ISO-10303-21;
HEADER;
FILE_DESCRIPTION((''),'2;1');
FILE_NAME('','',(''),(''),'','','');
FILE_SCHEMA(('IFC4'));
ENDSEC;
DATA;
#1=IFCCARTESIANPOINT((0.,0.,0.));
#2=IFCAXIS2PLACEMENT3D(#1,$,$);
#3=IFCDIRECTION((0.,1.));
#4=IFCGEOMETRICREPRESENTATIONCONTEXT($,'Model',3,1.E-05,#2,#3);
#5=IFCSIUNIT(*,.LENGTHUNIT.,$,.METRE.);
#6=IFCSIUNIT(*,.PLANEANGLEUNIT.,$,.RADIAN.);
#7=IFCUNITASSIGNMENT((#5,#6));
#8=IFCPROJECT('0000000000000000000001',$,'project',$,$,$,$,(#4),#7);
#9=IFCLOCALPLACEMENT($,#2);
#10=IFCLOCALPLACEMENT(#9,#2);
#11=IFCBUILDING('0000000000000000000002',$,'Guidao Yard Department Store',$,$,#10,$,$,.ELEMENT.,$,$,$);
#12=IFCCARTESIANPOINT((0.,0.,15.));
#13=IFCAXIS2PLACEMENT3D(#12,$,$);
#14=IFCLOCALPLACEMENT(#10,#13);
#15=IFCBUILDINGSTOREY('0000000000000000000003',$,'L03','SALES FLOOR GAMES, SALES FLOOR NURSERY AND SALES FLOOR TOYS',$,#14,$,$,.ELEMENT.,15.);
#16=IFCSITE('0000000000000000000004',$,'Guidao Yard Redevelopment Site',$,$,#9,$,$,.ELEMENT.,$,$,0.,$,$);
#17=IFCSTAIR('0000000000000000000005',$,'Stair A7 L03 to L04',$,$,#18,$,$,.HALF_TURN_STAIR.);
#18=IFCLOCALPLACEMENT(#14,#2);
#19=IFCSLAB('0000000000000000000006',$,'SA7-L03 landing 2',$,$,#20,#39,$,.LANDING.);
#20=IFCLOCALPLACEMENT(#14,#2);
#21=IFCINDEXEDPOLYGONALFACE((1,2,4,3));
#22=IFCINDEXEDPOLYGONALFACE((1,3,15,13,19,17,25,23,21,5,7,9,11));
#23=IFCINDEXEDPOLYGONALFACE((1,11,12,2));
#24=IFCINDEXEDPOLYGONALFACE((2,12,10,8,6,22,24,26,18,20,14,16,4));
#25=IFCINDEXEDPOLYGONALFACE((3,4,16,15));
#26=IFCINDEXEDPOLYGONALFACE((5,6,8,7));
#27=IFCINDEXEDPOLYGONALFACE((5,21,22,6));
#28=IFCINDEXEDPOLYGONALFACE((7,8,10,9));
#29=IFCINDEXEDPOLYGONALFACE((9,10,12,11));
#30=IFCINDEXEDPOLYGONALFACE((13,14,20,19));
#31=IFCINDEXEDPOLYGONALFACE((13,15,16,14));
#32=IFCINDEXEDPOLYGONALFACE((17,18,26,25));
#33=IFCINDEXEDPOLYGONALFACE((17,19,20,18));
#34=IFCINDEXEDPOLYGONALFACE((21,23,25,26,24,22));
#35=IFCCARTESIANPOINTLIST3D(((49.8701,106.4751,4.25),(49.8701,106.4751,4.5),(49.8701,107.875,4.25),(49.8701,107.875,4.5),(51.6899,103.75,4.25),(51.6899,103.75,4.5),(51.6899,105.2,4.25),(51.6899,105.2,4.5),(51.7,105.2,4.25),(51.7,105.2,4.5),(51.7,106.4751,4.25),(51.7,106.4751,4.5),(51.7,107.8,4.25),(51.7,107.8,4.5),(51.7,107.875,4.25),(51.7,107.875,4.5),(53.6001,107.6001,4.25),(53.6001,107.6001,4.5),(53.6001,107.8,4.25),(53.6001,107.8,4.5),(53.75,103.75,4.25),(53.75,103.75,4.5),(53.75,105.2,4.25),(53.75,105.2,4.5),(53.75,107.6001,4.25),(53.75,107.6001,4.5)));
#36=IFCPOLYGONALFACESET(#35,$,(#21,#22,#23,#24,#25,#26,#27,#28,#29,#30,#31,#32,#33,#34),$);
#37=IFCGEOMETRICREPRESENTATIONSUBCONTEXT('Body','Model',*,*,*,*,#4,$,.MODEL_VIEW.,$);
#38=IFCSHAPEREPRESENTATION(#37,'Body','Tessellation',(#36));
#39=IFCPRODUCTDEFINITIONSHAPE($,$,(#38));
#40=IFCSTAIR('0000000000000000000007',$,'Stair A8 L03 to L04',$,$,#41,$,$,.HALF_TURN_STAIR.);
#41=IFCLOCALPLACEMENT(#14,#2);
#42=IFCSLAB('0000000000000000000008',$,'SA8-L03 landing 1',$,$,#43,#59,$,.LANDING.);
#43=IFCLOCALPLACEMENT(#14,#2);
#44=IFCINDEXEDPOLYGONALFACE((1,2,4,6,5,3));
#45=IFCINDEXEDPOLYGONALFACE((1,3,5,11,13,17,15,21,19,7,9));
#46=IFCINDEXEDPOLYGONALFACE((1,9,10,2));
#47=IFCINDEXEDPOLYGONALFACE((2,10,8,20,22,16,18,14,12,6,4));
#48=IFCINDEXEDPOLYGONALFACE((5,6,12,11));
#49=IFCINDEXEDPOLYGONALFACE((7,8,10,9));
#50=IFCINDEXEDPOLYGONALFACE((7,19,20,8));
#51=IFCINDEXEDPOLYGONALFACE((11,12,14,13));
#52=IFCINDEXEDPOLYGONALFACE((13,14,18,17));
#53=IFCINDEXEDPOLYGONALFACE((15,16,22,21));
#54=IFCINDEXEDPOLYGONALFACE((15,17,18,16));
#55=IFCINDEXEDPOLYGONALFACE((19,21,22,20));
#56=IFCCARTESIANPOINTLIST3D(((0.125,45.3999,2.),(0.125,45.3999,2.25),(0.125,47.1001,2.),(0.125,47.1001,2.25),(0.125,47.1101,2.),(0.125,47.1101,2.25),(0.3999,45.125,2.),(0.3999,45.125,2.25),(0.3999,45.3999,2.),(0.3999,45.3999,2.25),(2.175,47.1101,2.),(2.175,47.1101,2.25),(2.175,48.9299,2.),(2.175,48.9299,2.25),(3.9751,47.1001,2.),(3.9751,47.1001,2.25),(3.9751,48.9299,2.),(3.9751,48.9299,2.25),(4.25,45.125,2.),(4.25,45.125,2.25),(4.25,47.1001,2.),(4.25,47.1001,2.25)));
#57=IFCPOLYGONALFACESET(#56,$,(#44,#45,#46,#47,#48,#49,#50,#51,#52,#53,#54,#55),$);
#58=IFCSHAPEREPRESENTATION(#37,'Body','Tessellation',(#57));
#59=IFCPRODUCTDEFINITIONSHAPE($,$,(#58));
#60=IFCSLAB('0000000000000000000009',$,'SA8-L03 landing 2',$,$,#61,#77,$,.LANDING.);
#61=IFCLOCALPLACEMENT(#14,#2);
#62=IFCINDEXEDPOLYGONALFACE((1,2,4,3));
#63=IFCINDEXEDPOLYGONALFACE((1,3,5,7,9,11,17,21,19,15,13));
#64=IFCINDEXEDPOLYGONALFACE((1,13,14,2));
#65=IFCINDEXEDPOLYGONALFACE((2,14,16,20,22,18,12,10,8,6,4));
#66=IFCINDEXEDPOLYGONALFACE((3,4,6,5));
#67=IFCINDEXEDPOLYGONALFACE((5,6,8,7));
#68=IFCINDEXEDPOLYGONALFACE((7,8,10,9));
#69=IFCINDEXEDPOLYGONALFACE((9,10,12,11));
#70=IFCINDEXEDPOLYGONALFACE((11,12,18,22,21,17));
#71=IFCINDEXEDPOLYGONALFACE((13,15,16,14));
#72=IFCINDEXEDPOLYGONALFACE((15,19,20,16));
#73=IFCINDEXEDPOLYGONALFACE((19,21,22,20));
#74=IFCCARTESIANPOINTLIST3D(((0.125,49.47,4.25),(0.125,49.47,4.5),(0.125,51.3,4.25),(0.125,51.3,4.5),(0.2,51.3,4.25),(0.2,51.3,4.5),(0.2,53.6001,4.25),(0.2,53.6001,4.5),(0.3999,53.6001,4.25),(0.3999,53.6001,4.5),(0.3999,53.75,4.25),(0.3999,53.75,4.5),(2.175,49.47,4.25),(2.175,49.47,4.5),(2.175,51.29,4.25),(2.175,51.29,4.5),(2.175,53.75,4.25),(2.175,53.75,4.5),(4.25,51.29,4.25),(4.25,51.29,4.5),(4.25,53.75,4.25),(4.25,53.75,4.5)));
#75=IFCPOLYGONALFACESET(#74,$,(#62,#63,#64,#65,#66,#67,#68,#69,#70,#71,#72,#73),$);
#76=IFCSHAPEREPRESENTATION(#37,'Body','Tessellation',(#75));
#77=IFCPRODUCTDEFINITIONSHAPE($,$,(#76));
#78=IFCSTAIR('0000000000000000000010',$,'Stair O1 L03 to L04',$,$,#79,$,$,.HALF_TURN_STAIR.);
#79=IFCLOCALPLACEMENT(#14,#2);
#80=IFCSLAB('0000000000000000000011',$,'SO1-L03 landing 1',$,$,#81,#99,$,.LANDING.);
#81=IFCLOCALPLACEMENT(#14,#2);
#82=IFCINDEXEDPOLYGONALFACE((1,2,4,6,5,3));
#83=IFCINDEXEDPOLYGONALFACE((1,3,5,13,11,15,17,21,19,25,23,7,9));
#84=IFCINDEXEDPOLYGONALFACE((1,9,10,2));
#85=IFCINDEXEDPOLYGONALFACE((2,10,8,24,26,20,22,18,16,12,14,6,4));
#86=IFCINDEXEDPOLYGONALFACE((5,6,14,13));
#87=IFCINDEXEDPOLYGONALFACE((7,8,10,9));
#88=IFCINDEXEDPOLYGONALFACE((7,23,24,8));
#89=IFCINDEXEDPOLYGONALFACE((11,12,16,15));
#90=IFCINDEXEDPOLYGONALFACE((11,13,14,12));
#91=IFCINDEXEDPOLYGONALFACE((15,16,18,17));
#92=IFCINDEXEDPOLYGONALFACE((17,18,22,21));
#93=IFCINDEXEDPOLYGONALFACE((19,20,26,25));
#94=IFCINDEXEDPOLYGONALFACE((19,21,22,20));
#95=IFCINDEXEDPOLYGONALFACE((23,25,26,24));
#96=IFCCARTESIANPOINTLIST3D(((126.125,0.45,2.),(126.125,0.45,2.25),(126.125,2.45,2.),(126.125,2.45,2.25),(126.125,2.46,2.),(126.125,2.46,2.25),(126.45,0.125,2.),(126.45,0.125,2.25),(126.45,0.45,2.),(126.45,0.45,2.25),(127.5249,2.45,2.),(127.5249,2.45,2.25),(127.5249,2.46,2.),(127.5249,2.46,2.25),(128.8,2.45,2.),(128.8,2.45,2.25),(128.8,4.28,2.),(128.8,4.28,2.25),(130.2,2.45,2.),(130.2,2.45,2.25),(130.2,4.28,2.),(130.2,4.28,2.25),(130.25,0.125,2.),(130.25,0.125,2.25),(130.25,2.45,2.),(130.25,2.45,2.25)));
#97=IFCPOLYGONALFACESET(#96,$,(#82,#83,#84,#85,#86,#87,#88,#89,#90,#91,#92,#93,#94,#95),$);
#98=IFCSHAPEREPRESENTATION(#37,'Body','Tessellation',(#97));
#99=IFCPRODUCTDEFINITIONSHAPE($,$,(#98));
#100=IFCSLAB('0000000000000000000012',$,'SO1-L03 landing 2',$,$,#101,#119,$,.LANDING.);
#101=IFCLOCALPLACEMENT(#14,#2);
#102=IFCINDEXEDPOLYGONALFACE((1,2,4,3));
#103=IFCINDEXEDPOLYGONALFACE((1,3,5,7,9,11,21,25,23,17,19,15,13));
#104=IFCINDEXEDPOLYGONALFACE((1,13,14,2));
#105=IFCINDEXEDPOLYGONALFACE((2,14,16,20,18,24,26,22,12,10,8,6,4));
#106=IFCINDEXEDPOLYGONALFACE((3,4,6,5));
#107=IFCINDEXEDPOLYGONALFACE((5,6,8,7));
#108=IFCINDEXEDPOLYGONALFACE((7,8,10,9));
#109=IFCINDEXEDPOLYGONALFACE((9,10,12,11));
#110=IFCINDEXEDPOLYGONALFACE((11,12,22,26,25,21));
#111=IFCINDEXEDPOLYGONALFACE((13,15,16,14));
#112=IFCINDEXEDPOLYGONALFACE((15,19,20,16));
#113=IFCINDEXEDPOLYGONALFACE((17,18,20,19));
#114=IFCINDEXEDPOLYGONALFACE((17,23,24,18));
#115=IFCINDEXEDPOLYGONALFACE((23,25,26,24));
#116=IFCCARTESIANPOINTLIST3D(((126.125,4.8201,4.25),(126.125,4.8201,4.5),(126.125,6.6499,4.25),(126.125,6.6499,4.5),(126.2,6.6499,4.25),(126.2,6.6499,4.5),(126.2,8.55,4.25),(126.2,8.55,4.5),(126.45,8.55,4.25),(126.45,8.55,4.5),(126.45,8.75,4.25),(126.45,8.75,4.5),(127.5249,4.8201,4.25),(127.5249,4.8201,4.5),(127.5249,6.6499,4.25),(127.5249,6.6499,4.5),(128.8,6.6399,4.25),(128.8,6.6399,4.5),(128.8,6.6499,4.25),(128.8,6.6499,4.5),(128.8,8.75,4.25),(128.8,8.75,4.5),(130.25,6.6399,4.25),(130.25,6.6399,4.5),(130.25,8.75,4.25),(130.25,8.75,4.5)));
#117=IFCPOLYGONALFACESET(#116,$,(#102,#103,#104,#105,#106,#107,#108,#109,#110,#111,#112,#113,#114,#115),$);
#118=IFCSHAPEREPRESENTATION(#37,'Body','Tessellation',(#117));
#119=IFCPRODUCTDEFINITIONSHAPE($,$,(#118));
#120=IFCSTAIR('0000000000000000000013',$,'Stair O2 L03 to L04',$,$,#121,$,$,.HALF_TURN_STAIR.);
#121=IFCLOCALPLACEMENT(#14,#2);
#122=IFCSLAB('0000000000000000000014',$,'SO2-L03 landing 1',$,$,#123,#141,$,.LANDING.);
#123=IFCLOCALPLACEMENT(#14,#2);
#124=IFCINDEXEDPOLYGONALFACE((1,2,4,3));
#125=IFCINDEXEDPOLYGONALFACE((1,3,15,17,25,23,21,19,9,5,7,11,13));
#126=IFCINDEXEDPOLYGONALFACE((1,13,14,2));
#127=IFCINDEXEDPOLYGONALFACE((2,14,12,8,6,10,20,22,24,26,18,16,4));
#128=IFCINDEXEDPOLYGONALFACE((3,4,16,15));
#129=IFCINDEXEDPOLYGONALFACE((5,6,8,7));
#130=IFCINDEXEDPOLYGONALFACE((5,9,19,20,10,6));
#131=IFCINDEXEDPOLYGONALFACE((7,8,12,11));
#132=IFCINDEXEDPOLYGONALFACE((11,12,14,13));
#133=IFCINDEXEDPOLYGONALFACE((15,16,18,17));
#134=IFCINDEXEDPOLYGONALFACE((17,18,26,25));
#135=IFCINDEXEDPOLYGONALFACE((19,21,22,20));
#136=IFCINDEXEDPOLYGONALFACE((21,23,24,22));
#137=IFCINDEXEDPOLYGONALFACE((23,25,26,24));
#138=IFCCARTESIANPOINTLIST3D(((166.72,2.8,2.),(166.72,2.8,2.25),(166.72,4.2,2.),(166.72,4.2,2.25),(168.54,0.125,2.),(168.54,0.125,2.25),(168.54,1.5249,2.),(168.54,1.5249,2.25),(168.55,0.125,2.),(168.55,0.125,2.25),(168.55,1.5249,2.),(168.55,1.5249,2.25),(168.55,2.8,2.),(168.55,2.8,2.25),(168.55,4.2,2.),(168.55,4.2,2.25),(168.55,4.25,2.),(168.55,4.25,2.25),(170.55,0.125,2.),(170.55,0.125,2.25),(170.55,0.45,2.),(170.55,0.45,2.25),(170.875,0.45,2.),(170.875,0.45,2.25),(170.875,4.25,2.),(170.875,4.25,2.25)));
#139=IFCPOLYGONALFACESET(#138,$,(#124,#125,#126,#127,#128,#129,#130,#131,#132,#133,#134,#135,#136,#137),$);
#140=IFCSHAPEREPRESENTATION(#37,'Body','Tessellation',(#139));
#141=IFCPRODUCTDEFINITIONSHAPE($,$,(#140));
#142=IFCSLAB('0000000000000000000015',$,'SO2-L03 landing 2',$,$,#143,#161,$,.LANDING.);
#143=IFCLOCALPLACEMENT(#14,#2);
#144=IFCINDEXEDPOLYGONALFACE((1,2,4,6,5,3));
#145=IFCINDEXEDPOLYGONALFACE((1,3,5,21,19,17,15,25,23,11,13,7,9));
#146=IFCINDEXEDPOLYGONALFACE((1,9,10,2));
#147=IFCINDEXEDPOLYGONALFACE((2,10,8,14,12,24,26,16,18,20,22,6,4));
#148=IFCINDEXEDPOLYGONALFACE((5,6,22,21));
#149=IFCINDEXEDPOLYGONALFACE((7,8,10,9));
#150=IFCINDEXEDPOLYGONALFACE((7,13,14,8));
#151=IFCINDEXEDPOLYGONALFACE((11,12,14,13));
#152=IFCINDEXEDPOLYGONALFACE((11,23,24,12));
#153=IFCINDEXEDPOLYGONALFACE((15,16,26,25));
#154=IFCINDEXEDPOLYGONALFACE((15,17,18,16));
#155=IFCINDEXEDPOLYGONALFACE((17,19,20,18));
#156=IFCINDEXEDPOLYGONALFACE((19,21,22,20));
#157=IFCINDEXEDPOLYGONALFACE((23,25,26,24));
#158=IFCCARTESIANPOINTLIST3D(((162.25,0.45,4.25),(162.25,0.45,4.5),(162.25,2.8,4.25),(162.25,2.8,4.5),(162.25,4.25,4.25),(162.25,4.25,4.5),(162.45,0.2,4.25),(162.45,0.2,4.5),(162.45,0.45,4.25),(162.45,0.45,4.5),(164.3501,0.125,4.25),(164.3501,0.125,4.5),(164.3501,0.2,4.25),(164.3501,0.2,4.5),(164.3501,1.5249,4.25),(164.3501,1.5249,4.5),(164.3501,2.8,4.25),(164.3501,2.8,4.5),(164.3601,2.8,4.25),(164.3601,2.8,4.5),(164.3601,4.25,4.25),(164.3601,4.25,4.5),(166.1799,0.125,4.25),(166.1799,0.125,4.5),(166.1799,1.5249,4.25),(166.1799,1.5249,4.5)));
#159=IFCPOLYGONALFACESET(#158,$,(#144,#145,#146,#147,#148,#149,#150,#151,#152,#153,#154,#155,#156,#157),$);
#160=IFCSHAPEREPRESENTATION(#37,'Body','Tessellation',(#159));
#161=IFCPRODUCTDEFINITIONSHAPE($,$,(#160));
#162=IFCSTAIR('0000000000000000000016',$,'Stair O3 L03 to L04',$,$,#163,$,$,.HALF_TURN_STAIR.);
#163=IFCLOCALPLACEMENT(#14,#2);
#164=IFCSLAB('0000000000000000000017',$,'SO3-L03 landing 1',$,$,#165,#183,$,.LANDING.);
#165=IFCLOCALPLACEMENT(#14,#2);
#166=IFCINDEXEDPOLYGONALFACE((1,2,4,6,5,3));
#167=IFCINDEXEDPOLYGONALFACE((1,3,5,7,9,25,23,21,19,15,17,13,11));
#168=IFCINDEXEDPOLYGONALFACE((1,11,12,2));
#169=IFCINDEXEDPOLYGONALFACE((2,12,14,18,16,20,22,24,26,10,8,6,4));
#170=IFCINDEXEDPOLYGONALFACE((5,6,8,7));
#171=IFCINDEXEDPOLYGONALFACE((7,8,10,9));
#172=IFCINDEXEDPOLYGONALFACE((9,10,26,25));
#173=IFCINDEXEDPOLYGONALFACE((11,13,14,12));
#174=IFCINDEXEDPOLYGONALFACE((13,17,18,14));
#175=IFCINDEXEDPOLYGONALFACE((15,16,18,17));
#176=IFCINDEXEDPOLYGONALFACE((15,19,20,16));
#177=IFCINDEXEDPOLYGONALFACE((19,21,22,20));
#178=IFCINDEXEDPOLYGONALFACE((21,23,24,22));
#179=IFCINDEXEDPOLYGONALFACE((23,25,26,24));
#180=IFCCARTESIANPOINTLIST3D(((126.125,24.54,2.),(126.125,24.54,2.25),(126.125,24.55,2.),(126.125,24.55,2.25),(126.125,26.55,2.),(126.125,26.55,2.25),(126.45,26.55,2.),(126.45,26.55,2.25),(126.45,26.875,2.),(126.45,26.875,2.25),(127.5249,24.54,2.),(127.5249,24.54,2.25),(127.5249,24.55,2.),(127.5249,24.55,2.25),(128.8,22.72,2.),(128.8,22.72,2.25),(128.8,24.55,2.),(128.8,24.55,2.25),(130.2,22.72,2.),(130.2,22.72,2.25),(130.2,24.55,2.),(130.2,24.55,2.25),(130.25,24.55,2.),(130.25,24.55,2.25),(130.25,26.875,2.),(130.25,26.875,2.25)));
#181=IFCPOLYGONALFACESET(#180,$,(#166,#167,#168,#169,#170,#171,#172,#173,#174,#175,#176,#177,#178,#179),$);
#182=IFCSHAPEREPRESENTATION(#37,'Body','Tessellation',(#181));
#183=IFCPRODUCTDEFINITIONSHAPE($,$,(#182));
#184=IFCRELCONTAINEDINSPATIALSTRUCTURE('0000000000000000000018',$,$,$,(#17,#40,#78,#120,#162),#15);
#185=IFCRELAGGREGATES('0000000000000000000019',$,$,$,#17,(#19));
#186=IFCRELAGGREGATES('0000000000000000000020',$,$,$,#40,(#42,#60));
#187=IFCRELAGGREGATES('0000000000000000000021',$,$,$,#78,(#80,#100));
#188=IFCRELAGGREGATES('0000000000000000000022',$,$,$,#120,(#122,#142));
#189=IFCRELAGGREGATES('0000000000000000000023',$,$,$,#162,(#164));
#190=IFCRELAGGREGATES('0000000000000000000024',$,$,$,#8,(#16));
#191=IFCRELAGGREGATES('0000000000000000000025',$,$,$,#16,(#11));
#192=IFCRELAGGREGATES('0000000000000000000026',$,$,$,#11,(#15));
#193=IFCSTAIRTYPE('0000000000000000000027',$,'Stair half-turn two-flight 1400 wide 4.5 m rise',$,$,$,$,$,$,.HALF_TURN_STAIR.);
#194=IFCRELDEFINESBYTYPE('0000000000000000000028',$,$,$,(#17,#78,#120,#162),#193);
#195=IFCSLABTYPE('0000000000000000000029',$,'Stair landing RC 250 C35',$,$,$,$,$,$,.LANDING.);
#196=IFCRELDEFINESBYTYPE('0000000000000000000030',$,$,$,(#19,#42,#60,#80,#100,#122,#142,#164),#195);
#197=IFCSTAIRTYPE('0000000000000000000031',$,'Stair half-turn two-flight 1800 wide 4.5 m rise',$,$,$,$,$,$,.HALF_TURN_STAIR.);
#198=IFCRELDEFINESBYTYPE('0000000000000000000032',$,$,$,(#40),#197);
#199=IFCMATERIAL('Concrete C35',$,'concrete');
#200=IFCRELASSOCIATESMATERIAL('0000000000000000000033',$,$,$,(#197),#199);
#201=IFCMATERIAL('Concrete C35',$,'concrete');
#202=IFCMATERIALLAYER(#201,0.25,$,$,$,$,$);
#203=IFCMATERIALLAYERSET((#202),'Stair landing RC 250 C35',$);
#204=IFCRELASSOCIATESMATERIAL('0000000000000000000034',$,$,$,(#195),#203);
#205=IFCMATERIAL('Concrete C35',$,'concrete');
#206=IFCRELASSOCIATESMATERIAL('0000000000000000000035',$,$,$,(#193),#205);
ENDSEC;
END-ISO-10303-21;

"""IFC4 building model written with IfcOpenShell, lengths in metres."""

from ifc_helpers import new_model, si_unit, direction, frame, origin, place, context, subcontext, project, spatial, polyline, outline, extrude, material, layer, layer_set, type_object, element, aggregate, save


model = new_model("IFC4")

# Units and contexts
model_context = context("Model", 3, precision=1e-05, world=origin(), true_north=direction((0.0, 1.0)))
body_context = subcontext(model_context, "Body", "Model", "MODEL_VIEW")
ifc_project = project(units=[si_unit("LENGTHUNIT", "METRE"), si_unit("PLANEANGLEUNIT", "RADIAN")], contexts=[model_context])

# Site, building, storey
site_placement = place(None, origin())
site = spatial("IfcSite", under=ifc_project, at=site_placement, Name="Guidao Yard Redevelopment Site", CompositionType="ELEMENT", RefElevation=0.0)
building_placement = place(site_placement, origin())
building = spatial("IfcBuilding", under=site, at=building_placement, Name="Guidao Yard Department Store", CompositionType="ELEMENT")
storey_placement = place(building_placement, frame((0.0, 0.0, 15.0)))
storey = spatial("IfcBuildingStorey", under=building, at=storey_placement, Name="L03", Description="SALES FLOOR GAMES, SALES FLOOR NURSERY AND SALES FLOOR TOYS", CompositionType="ELEMENT", Elevation=15.0)

# Stairs, slabs
ifc_material_1 = material(Name="Concrete C35", Category="concrete")
stair_type_1 = type_object("IfcStairType", Name="Stair half-turn two-flight 1800 wide 4.5 m rise", PredefinedType="HALF_TURN_STAIR", material=ifc_material_1)
ifc_material_2 = material(Name="Concrete C35", Category="concrete")
ifc_layer_1 = layer(ifc_material_2, 0.25)
ifc_layer_set_1 = layer_set([ifc_layer_1], Name="Stair landing RC 250 C35")
slab_type_1 = type_object("IfcSlabType", Name="Stair landing RC 250 C35", PredefinedType="LANDING", material=ifc_layer_set_1)
ifc_material_3 = material(Name="Concrete C35", Category="concrete")
stair_type_2 = type_object("IfcStairType", Name="Stair half-turn two-flight 1400 wide 4.5 m rise", PredefinedType="HALF_TURN_STAIR", material=ifc_material_3)
stair_1_placement = place(storey_placement, origin())
stair_1 = element("IfcStair", 1, at=stair_1_placement, inside=storey, type_object=stair_type_2, Name="Stair A7 L03 to L04", PredefinedType="HALF_TURN_STAIR")
slab_1_placement = place(storey_placement, frame((0.0, 0.0, 4.25)))
slab_1 = element("IfcSlab", 2, at=slab_1_placement, type_object=slab_type_1, Name="SA7-L03 landing 2", PredefinedType="LANDING", context=body_context, shape_type="SweptSolid", body=[
    extrude(outline(polyline([(51.6899, 105.2), (51.7, 105.2), (51.7, 106.4751), (49.8701, 106.4751), (49.8701, 107.875), (51.7, 107.875), (51.7, 107.8), (53.6001, 107.8), (53.6001, 107.6001), (53.75, 107.6001), (53.75, 105.2), (53.75, 103.75), (51.6899, 103.75), (51.6899, 105.2)])), origin(), (0.0, 0.0, 1.0), 0.25),
])
aggregate(stair_1, [slab_1])
stair_2_placement = place(storey_placement, origin())
stair_2 = element("IfcStair", 3, at=stair_2_placement, inside=storey, type_object=stair_type_1, Name="Stair A8 L03 to L04", PredefinedType="HALF_TURN_STAIR")
slab_2_placement = place(storey_placement, frame((0.0, 0.0, 2.0)))
slab_2 = element("IfcSlab", 4, at=slab_2_placement, type_object=slab_type_1, Name="SA8-L03 landing 1", PredefinedType="LANDING", context=body_context, shape_type="SweptSolid", body=[
    extrude(outline(polyline([(0.3999, 45.125), (0.3999, 45.3999), (0.125, 45.3999), (0.125, 47.1001), (0.125, 47.1101), (2.175, 47.1101), (2.175, 48.9299), (3.9751, 48.9299), (3.9751, 47.1001), (4.25, 47.1001), (4.25, 45.125), (0.3999, 45.125)])), origin(), (0.0, 0.0, 1.0), 0.25),
])
slab_3_placement = place(storey_placement, frame((0.0, 0.0, 4.25)))
slab_3 = element("IfcSlab", 5, at=slab_3_placement, type_object=slab_type_1, Name="SA8-L03 landing 2", PredefinedType="LANDING", context=body_context, shape_type="SweptSolid", body=[
    extrude(outline(polyline([(0.125, 51.3), (0.2, 51.3), (0.2, 53.6001), (0.3999, 53.6001), (0.3999, 53.75), (2.175, 53.75), (4.25, 53.75), (4.25, 51.29), (2.175, 51.29), (2.175, 49.47), (0.125, 49.47), (0.125, 51.3)])), origin(), (0.0, 0.0, 1.0), 0.25),
])
aggregate(stair_2, [slab_2, slab_3])
stair_3_placement = place(storey_placement, origin())
stair_3 = element("IfcStair", 6, at=stair_3_placement, inside=storey, type_object=stair_type_2, Name="Stair O1 L03 to L04", PredefinedType="HALF_TURN_STAIR")
slab_4_placement = place(storey_placement, frame((0.0, 0.0, 2.0)))
slab_4 = element("IfcSlab", 7, at=slab_4_placement, type_object=slab_type_1, Name="SO1-L03 landing 1", PredefinedType="LANDING", context=body_context, shape_type="SweptSolid", body=[
    extrude(outline(polyline([(126.45, 0.125), (126.45, 0.45), (126.125, 0.45), (126.125, 2.45), (126.125, 2.46), (127.5249, 2.46), (127.5249, 2.45), (128.8, 2.45), (128.8, 4.28), (130.2, 4.28), (130.2, 2.45), (130.25, 2.45), (130.25, 0.125), (126.45, 0.125)])), origin(), (0.0, 0.0, 1.0), 0.25),
])
slab_5_placement = place(storey_placement, frame((0.0, 0.0, 4.25)))
slab_5 = element("IfcSlab", 8, at=slab_5_placement, type_object=slab_type_1, Name="SO1-L03 landing 2", PredefinedType="LANDING", context=body_context, shape_type="SweptSolid", body=[
    extrude(outline(polyline([(126.125, 6.6499), (126.2, 6.6499), (126.2, 8.55), (126.45, 8.55), (126.45, 8.75), (128.8, 8.75), (130.25, 8.75), (130.25, 6.6399), (128.8, 6.6399), (128.8, 6.6499), (127.5249, 6.6499), (127.5249, 4.8201), (126.125, 4.8201), (126.125, 6.6499)])), origin(), (0.0, 0.0, 1.0), 0.25),
])
aggregate(stair_3, [slab_4, slab_5])
stair_4_placement = place(storey_placement, origin())
stair_4 = element("IfcStair", 9, at=stair_4_placement, inside=storey, type_object=stair_type_2, Name="Stair O2 L03 to L04", PredefinedType="HALF_TURN_STAIR")
slab_6_placement = place(storey_placement, frame((0.0, 0.0, 2.0)))
slab_6 = element("IfcSlab", 10, at=slab_6_placement, type_object=slab_type_1, Name="SO2-L03 landing 1", PredefinedType="LANDING", context=body_context, shape_type="SweptSolid", body=[
    extrude(outline(polyline([(168.55, 1.5249), (168.55, 2.8), (166.72, 2.8), (166.72, 4.2), (168.55, 4.2), (168.55, 4.25), (170.875, 4.25), (170.875, 0.45), (170.55, 0.45), (170.55, 0.125), (168.55, 0.125), (168.54, 0.125), (168.54, 1.5249), (168.55, 1.5249)])), origin(), (0.0, 0.0, 1.0), 0.25),
])
slab_7_placement = place(storey_placement, frame((0.0, 0.0, 4.25)))
slab_7 = element("IfcSlab", 11, at=slab_7_placement, type_object=slab_type_1, Name="SO2-L03 landing 2", PredefinedType="LANDING", context=body_context, shape_type="SweptSolid", body=[
    extrude(outline(polyline([(164.3501, 0.125), (164.3501, 0.2), (162.45, 0.2), (162.45, 0.45), (162.25, 0.45), (162.25, 2.8), (162.25, 4.25), (164.3601, 4.25), (164.3601, 2.8), (164.3501, 2.8), (164.3501, 1.5249), (166.1799, 1.5249), (166.1799, 0.125), (164.3501, 0.125)])), origin(), (0.0, 0.0, 1.0), 0.25),
])
aggregate(stair_4, [slab_6, slab_7])
stair_5_placement = place(storey_placement, origin())
stair_5 = element("IfcStair", 12, at=stair_5_placement, inside=storey, type_object=stair_type_2, Name="Stair O3 L03 to L04", PredefinedType="HALF_TURN_STAIR")
slab_8_placement = place(storey_placement, frame((0.0, 0.0, 2.0)))
slab_8 = element("IfcSlab", 13, at=slab_8_placement, type_object=slab_type_1, Name="SO3-L03 landing 1", PredefinedType="LANDING", context=body_context, shape_type="SweptSolid", body=[
    extrude(outline(polyline([(128.8, 24.55), (127.5249, 24.55), (127.5249, 24.54), (126.125, 24.54), (126.125, 24.55), (126.125, 26.55), (126.45, 26.55), (126.45, 26.875), (130.25, 26.875), (130.25, 24.55), (130.2, 24.55), (130.2, 22.72), (128.8, 22.72), (128.8, 24.55)])), origin(), (0.0, 0.0, 1.0), 0.25),
])
aggregate(stair_5, [slab_8])

save(model, "model.ifc")
